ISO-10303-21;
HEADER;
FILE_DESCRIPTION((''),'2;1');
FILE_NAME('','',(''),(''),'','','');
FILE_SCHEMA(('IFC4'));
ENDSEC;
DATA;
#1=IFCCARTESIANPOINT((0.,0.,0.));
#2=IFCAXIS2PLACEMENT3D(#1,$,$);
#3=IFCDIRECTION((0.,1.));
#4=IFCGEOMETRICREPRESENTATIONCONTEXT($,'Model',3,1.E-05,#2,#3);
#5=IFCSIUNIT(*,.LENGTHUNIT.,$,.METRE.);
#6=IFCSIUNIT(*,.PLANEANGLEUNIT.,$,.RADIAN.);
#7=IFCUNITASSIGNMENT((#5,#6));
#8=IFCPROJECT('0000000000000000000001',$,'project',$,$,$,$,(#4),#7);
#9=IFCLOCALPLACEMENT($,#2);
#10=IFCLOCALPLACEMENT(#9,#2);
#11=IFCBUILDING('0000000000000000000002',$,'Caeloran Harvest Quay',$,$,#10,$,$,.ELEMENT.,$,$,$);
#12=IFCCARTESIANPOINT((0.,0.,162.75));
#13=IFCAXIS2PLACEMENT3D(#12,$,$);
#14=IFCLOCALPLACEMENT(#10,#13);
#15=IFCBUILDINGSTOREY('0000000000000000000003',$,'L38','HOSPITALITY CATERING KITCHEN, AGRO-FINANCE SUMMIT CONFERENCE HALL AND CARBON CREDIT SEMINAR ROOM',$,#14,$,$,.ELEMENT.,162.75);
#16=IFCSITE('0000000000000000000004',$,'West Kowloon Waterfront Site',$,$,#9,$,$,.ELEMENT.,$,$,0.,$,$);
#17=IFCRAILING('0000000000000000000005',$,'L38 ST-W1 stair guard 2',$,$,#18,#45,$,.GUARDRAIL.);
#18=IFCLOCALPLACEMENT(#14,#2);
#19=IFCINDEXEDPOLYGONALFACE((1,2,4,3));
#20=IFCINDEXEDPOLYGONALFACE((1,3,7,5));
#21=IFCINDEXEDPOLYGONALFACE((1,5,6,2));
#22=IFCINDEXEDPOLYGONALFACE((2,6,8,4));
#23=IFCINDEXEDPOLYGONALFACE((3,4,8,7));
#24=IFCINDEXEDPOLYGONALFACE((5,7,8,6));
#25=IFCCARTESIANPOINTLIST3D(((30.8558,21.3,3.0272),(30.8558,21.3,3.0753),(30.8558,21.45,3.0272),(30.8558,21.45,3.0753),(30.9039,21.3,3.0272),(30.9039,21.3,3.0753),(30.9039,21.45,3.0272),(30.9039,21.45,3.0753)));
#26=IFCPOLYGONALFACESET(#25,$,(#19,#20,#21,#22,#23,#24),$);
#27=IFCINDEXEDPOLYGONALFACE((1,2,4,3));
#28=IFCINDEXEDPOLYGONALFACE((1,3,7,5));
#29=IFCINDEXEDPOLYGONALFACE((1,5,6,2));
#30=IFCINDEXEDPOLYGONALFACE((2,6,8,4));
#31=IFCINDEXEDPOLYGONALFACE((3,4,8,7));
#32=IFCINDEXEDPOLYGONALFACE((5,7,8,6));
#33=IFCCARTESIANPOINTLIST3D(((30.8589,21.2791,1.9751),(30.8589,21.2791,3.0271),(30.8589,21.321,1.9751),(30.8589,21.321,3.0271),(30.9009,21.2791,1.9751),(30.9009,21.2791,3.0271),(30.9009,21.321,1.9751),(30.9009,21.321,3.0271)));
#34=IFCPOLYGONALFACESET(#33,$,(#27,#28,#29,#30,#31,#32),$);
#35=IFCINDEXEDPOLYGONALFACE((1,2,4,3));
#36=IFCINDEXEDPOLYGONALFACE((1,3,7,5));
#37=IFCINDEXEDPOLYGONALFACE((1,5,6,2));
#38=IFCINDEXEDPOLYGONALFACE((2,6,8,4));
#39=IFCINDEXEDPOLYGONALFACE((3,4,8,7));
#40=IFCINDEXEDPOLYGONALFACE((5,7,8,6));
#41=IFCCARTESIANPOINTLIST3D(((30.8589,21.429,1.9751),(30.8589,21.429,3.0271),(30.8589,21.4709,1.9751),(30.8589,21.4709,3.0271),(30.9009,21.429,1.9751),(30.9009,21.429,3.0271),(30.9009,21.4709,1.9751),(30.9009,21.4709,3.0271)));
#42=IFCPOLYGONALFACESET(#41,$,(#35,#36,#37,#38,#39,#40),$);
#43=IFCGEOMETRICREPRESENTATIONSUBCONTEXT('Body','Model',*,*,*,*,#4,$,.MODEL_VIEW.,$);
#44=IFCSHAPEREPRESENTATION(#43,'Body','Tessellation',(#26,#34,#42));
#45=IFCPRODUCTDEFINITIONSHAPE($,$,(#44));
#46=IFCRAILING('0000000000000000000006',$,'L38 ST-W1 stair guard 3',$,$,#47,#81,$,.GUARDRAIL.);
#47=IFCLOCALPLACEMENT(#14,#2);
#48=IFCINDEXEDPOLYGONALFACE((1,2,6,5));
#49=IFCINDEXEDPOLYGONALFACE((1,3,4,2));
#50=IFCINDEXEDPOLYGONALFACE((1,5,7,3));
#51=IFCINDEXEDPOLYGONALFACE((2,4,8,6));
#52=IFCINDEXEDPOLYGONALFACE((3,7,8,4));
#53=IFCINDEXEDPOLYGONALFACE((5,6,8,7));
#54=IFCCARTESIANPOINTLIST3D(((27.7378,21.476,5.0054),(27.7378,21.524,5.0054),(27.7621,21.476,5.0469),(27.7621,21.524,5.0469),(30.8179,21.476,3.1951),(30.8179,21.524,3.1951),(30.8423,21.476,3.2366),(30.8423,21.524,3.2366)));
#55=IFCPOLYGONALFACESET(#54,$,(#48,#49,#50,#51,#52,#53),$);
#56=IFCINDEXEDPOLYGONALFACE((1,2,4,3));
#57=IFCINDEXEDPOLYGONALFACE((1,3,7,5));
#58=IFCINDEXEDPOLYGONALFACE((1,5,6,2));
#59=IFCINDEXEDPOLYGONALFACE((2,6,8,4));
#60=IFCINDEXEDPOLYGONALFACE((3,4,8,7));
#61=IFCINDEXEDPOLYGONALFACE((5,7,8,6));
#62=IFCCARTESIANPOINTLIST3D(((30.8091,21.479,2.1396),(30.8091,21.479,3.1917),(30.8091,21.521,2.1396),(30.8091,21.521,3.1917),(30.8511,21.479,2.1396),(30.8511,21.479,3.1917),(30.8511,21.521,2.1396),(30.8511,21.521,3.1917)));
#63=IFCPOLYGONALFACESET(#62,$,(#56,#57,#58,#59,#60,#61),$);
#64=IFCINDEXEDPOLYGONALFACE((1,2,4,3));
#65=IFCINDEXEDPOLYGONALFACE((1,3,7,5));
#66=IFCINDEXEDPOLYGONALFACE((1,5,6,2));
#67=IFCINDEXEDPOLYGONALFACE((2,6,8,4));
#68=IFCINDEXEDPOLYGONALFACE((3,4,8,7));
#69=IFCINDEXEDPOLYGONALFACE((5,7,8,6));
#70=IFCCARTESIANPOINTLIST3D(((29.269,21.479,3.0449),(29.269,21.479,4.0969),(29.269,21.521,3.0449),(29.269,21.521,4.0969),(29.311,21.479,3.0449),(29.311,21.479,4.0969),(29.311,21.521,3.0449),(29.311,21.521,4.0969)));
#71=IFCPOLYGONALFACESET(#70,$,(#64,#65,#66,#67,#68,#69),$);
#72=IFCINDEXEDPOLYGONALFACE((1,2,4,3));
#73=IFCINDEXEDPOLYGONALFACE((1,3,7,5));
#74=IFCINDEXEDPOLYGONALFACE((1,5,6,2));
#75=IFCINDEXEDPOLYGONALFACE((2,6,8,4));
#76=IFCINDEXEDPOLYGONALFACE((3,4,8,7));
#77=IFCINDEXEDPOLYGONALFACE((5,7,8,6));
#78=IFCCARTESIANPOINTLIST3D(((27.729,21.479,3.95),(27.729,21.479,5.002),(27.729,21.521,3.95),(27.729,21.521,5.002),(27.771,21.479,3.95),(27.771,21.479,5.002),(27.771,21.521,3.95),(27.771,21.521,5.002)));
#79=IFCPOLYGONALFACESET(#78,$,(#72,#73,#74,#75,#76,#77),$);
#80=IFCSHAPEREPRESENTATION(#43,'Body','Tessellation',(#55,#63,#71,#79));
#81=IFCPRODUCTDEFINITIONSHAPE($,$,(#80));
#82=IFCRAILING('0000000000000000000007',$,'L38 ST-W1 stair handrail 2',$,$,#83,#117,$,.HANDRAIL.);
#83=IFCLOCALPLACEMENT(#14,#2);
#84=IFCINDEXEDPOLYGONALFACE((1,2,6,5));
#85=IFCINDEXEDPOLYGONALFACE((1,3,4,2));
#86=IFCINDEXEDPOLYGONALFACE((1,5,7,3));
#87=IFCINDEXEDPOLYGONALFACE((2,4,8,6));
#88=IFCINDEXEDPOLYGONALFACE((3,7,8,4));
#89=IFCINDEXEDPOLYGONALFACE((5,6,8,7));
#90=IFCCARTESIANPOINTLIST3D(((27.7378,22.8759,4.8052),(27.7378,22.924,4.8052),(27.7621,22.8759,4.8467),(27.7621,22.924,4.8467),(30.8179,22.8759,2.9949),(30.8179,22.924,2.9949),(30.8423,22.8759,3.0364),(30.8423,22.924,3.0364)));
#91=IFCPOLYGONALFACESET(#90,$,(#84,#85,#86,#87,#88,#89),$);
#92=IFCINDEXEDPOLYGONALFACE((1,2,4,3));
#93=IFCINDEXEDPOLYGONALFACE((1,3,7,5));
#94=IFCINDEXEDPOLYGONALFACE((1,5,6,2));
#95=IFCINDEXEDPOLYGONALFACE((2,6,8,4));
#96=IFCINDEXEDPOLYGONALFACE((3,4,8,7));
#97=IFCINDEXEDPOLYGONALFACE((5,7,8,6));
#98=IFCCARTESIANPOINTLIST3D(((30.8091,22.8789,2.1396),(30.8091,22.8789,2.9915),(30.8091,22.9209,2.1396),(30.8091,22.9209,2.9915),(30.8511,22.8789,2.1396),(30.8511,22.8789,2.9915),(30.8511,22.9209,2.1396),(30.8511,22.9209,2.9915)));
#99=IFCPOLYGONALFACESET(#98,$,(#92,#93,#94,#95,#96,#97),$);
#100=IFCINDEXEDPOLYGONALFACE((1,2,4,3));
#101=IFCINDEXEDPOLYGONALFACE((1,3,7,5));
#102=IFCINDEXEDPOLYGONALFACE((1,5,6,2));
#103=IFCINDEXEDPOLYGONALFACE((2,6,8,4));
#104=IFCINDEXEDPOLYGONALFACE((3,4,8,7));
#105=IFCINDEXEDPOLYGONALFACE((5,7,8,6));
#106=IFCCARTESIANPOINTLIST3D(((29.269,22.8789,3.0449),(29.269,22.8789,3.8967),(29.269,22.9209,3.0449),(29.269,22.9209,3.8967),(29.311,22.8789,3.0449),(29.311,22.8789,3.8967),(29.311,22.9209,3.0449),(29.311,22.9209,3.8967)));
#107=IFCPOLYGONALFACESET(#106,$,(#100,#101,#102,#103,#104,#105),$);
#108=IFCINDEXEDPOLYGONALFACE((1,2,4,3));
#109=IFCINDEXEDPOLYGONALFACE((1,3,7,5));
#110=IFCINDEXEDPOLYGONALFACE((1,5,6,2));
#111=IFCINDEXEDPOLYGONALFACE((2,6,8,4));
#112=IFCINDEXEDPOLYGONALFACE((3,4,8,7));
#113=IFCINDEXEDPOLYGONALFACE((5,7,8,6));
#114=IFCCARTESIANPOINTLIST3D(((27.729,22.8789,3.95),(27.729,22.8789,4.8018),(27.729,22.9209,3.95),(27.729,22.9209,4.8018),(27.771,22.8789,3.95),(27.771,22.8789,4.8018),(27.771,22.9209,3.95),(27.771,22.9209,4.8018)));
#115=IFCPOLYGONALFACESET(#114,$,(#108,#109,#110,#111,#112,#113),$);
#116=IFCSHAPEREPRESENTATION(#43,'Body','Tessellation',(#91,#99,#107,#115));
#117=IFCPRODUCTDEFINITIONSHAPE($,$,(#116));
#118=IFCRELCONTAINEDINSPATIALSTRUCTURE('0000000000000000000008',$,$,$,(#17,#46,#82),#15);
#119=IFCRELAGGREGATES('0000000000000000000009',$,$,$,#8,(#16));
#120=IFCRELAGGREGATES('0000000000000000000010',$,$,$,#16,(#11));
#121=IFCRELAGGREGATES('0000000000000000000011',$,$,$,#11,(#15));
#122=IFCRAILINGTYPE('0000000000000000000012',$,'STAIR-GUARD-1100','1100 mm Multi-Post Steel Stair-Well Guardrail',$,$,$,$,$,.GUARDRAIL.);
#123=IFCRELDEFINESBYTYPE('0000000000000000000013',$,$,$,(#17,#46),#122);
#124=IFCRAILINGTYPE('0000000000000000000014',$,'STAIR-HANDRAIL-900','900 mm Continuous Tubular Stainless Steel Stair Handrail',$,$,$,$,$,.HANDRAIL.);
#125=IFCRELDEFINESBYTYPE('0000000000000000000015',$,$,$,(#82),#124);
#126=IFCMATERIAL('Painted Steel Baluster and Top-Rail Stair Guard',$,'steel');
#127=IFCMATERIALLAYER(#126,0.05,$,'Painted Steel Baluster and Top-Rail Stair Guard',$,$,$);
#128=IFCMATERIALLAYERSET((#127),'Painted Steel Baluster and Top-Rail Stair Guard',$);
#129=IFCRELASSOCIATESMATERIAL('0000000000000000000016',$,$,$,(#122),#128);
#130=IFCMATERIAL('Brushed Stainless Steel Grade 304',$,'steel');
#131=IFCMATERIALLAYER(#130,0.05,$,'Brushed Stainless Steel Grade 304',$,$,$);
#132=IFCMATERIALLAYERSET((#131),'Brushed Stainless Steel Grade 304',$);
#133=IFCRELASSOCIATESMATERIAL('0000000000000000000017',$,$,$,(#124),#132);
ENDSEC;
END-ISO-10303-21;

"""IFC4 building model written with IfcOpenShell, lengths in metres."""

from ifc_helpers import new_model, si_unit, direction, frame, origin, origin_2d, place, context, subcontext, project, spatial, rectangle, extrude, material, layer, layer_set, type_object, element, save


model = new_model("IFC4")

# Units and contexts
model_context = context("Model", 3, precision=1e-05, world=origin(), true_north=direction((0.0, 1.0)))
body_context = subcontext(model_context, "Body", "Model", "MODEL_VIEW")
ifc_project = project(units=[si_unit("LENGTHUNIT", "METRE"), si_unit("PLANEANGLEUNIT", "RADIAN")], contexts=[model_context])

# Site, building, storey
site_placement = place(None, origin())
site = spatial("IfcSite", under=ifc_project, at=site_placement, Name="West Kowloon Waterfront Site", CompositionType="ELEMENT", RefElevation=0.0)
building_placement = place(site_placement, origin())
building = spatial("IfcBuilding", under=site, at=building_placement, Name="Caeloran Harvest Quay", CompositionType="ELEMENT")
storey_placement = place(building_placement, frame((0.0, 0.0, 162.75)))
storey = spatial("IfcBuildingStorey", under=building, at=storey_placement, Name="L38", Description="HOSPITALITY CATERING KITCHEN, AGRO-FINANCE SUMMIT CONFERENCE HALL AND CARBON CREDIT SEMINAR ROOM", CompositionType="ELEMENT", Elevation=162.75)

# Railings
ifc_material_1 = material(Name="Painted Steel Baluster and Top-Rail Stair Guard", Category="steel")
ifc_layer_1 = layer(ifc_material_1, 0.05, Name="Painted Steel Baluster and Top-Rail Stair Guard")
ifc_layer_set_1 = layer_set([ifc_layer_1], Name="Painted Steel Baluster and Top-Rail Stair Guard")
railing_type_1 = type_object("IfcRailingType", Name="STAIR-GUARD-1100", Description="1100 mm Multi-Post Steel Stair-Well Guardrail", PredefinedType="GUARDRAIL", material=ifc_layer_set_1)
railing_1_placement = place(storey_placement, frame((30.8799, 21.3, 1.9751)))
element("IfcRailing", 1, at=railing_1_placement, inside=storey, type_object=railing_type_1, Name="L38 ST-W1 stair guard 2", PredefinedType="GUARDRAIL", context=body_context, shape_type="SweptSolid", body=[
    extrude(rectangle(XDim=0.0481, YDim=0.0481, at=origin_2d()), frame((0.0, 0.0, 1.0762), z_axis=(0.0, 1.0, 0.0), x_axis=(-1.0, 0.0, 0.0)), (0.0, 0.0, 1.0), 0.1499),
    extrude(rectangle(XDim=0.042, YDim=0.042, at=origin_2d()), origin(), (0.0, 0.0, 1.0), 1.052),
    extrude(rectangle(XDim=0.042, YDim=0.042, at=origin_2d()), frame((0.0, 0.1499, 0.0)), (0.0, 0.0, 1.0), 1.052),
])
railing_2_placement = place(storey_placement, frame((30.8301, 21.5, 2.1396)))
element("IfcRailing", 2, at=railing_2_placement, inside=storey, type_object=railing_type_1, Name="L38 ST-W1 stair guard 3", PredefinedType="GUARDRAIL", context=body_context, shape_type="SweptSolid", body=[
    extrude(rectangle(XDim=0.0481, YDim=0.0481, at=origin_2d()), frame((0.0, 0.0, 1.0762), z_axis=(-0.862119, 0.0, 0.506707), x_axis=(0.0, -1.0, 0.0)), (0.0, 0.0, 1.0), 3.5728),
    extrude(rectangle(XDim=0.042, YDim=0.042, at=origin_2d()), origin(), (0.0, 0.0, 1.0), 1.052),
    extrude(rectangle(XDim=0.042, YDim=0.042, at=origin_2d()), frame((-1.54, 0.0, 0.9053)), (0.0, 0.0, 1.0), 1.052),
    extrude(rectangle(XDim=0.042, YDim=0.042, at=origin_2d()), frame((-3.0801, 0.0, 1.8103)), (0.0, 0.0, 1.0), 1.052),
])
ifc_material_2 = material(Name="Brushed Stainless Steel Grade 304", Category="steel")
ifc_layer_2 = layer(ifc_material_2, 0.05, Name="Brushed Stainless Steel Grade 304")
ifc_layer_set_2 = layer_set([ifc_layer_2], Name="Brushed Stainless Steel Grade 304")
railing_type_2 = type_object("IfcRailingType", Name="STAIR-HANDRAIL-900", Description="900 mm Continuous Tubular Stainless Steel Stair Handrail", PredefinedType="HANDRAIL", material=ifc_layer_set_2)
railing_3_placement = place(storey_placement, frame((30.8301, 22.8999, 2.1396)))
element("IfcRailing", 3, at=railing_3_placement, inside=storey, type_object=railing_type_2, Name="L38 ST-W1 stair handrail 2", PredefinedType="HANDRAIL", context=body_context, shape_type="SweptSolid", body=[
    extrude(rectangle(XDim=0.0481, YDim=0.0481, at=origin_2d()), frame((0.0, 0.0, 0.876), z_axis=(-0.862119, 0.0, 0.506707), x_axis=(0.0, -1.0, 0.0)), (0.0, 0.0, 1.0), 3.5728),
    extrude(rectangle(XDim=0.042, YDim=0.042, at=origin_2d()), origin(), (0.0, 0.0, 1.0), 0.8518),
    extrude(rectangle(XDim=0.042, YDim=0.042, at=origin_2d()), frame((-1.54, 0.0, 0.9053)), (0.0, 0.0, 1.0), 0.8518),
    extrude(rectangle(XDim=0.042, YDim=0.042, at=origin_2d()), frame((-3.0801, 0.0, 1.8103)), (0.0, 0.0, 1.0), 0.8518),
])

save(model, "model.ifc")
